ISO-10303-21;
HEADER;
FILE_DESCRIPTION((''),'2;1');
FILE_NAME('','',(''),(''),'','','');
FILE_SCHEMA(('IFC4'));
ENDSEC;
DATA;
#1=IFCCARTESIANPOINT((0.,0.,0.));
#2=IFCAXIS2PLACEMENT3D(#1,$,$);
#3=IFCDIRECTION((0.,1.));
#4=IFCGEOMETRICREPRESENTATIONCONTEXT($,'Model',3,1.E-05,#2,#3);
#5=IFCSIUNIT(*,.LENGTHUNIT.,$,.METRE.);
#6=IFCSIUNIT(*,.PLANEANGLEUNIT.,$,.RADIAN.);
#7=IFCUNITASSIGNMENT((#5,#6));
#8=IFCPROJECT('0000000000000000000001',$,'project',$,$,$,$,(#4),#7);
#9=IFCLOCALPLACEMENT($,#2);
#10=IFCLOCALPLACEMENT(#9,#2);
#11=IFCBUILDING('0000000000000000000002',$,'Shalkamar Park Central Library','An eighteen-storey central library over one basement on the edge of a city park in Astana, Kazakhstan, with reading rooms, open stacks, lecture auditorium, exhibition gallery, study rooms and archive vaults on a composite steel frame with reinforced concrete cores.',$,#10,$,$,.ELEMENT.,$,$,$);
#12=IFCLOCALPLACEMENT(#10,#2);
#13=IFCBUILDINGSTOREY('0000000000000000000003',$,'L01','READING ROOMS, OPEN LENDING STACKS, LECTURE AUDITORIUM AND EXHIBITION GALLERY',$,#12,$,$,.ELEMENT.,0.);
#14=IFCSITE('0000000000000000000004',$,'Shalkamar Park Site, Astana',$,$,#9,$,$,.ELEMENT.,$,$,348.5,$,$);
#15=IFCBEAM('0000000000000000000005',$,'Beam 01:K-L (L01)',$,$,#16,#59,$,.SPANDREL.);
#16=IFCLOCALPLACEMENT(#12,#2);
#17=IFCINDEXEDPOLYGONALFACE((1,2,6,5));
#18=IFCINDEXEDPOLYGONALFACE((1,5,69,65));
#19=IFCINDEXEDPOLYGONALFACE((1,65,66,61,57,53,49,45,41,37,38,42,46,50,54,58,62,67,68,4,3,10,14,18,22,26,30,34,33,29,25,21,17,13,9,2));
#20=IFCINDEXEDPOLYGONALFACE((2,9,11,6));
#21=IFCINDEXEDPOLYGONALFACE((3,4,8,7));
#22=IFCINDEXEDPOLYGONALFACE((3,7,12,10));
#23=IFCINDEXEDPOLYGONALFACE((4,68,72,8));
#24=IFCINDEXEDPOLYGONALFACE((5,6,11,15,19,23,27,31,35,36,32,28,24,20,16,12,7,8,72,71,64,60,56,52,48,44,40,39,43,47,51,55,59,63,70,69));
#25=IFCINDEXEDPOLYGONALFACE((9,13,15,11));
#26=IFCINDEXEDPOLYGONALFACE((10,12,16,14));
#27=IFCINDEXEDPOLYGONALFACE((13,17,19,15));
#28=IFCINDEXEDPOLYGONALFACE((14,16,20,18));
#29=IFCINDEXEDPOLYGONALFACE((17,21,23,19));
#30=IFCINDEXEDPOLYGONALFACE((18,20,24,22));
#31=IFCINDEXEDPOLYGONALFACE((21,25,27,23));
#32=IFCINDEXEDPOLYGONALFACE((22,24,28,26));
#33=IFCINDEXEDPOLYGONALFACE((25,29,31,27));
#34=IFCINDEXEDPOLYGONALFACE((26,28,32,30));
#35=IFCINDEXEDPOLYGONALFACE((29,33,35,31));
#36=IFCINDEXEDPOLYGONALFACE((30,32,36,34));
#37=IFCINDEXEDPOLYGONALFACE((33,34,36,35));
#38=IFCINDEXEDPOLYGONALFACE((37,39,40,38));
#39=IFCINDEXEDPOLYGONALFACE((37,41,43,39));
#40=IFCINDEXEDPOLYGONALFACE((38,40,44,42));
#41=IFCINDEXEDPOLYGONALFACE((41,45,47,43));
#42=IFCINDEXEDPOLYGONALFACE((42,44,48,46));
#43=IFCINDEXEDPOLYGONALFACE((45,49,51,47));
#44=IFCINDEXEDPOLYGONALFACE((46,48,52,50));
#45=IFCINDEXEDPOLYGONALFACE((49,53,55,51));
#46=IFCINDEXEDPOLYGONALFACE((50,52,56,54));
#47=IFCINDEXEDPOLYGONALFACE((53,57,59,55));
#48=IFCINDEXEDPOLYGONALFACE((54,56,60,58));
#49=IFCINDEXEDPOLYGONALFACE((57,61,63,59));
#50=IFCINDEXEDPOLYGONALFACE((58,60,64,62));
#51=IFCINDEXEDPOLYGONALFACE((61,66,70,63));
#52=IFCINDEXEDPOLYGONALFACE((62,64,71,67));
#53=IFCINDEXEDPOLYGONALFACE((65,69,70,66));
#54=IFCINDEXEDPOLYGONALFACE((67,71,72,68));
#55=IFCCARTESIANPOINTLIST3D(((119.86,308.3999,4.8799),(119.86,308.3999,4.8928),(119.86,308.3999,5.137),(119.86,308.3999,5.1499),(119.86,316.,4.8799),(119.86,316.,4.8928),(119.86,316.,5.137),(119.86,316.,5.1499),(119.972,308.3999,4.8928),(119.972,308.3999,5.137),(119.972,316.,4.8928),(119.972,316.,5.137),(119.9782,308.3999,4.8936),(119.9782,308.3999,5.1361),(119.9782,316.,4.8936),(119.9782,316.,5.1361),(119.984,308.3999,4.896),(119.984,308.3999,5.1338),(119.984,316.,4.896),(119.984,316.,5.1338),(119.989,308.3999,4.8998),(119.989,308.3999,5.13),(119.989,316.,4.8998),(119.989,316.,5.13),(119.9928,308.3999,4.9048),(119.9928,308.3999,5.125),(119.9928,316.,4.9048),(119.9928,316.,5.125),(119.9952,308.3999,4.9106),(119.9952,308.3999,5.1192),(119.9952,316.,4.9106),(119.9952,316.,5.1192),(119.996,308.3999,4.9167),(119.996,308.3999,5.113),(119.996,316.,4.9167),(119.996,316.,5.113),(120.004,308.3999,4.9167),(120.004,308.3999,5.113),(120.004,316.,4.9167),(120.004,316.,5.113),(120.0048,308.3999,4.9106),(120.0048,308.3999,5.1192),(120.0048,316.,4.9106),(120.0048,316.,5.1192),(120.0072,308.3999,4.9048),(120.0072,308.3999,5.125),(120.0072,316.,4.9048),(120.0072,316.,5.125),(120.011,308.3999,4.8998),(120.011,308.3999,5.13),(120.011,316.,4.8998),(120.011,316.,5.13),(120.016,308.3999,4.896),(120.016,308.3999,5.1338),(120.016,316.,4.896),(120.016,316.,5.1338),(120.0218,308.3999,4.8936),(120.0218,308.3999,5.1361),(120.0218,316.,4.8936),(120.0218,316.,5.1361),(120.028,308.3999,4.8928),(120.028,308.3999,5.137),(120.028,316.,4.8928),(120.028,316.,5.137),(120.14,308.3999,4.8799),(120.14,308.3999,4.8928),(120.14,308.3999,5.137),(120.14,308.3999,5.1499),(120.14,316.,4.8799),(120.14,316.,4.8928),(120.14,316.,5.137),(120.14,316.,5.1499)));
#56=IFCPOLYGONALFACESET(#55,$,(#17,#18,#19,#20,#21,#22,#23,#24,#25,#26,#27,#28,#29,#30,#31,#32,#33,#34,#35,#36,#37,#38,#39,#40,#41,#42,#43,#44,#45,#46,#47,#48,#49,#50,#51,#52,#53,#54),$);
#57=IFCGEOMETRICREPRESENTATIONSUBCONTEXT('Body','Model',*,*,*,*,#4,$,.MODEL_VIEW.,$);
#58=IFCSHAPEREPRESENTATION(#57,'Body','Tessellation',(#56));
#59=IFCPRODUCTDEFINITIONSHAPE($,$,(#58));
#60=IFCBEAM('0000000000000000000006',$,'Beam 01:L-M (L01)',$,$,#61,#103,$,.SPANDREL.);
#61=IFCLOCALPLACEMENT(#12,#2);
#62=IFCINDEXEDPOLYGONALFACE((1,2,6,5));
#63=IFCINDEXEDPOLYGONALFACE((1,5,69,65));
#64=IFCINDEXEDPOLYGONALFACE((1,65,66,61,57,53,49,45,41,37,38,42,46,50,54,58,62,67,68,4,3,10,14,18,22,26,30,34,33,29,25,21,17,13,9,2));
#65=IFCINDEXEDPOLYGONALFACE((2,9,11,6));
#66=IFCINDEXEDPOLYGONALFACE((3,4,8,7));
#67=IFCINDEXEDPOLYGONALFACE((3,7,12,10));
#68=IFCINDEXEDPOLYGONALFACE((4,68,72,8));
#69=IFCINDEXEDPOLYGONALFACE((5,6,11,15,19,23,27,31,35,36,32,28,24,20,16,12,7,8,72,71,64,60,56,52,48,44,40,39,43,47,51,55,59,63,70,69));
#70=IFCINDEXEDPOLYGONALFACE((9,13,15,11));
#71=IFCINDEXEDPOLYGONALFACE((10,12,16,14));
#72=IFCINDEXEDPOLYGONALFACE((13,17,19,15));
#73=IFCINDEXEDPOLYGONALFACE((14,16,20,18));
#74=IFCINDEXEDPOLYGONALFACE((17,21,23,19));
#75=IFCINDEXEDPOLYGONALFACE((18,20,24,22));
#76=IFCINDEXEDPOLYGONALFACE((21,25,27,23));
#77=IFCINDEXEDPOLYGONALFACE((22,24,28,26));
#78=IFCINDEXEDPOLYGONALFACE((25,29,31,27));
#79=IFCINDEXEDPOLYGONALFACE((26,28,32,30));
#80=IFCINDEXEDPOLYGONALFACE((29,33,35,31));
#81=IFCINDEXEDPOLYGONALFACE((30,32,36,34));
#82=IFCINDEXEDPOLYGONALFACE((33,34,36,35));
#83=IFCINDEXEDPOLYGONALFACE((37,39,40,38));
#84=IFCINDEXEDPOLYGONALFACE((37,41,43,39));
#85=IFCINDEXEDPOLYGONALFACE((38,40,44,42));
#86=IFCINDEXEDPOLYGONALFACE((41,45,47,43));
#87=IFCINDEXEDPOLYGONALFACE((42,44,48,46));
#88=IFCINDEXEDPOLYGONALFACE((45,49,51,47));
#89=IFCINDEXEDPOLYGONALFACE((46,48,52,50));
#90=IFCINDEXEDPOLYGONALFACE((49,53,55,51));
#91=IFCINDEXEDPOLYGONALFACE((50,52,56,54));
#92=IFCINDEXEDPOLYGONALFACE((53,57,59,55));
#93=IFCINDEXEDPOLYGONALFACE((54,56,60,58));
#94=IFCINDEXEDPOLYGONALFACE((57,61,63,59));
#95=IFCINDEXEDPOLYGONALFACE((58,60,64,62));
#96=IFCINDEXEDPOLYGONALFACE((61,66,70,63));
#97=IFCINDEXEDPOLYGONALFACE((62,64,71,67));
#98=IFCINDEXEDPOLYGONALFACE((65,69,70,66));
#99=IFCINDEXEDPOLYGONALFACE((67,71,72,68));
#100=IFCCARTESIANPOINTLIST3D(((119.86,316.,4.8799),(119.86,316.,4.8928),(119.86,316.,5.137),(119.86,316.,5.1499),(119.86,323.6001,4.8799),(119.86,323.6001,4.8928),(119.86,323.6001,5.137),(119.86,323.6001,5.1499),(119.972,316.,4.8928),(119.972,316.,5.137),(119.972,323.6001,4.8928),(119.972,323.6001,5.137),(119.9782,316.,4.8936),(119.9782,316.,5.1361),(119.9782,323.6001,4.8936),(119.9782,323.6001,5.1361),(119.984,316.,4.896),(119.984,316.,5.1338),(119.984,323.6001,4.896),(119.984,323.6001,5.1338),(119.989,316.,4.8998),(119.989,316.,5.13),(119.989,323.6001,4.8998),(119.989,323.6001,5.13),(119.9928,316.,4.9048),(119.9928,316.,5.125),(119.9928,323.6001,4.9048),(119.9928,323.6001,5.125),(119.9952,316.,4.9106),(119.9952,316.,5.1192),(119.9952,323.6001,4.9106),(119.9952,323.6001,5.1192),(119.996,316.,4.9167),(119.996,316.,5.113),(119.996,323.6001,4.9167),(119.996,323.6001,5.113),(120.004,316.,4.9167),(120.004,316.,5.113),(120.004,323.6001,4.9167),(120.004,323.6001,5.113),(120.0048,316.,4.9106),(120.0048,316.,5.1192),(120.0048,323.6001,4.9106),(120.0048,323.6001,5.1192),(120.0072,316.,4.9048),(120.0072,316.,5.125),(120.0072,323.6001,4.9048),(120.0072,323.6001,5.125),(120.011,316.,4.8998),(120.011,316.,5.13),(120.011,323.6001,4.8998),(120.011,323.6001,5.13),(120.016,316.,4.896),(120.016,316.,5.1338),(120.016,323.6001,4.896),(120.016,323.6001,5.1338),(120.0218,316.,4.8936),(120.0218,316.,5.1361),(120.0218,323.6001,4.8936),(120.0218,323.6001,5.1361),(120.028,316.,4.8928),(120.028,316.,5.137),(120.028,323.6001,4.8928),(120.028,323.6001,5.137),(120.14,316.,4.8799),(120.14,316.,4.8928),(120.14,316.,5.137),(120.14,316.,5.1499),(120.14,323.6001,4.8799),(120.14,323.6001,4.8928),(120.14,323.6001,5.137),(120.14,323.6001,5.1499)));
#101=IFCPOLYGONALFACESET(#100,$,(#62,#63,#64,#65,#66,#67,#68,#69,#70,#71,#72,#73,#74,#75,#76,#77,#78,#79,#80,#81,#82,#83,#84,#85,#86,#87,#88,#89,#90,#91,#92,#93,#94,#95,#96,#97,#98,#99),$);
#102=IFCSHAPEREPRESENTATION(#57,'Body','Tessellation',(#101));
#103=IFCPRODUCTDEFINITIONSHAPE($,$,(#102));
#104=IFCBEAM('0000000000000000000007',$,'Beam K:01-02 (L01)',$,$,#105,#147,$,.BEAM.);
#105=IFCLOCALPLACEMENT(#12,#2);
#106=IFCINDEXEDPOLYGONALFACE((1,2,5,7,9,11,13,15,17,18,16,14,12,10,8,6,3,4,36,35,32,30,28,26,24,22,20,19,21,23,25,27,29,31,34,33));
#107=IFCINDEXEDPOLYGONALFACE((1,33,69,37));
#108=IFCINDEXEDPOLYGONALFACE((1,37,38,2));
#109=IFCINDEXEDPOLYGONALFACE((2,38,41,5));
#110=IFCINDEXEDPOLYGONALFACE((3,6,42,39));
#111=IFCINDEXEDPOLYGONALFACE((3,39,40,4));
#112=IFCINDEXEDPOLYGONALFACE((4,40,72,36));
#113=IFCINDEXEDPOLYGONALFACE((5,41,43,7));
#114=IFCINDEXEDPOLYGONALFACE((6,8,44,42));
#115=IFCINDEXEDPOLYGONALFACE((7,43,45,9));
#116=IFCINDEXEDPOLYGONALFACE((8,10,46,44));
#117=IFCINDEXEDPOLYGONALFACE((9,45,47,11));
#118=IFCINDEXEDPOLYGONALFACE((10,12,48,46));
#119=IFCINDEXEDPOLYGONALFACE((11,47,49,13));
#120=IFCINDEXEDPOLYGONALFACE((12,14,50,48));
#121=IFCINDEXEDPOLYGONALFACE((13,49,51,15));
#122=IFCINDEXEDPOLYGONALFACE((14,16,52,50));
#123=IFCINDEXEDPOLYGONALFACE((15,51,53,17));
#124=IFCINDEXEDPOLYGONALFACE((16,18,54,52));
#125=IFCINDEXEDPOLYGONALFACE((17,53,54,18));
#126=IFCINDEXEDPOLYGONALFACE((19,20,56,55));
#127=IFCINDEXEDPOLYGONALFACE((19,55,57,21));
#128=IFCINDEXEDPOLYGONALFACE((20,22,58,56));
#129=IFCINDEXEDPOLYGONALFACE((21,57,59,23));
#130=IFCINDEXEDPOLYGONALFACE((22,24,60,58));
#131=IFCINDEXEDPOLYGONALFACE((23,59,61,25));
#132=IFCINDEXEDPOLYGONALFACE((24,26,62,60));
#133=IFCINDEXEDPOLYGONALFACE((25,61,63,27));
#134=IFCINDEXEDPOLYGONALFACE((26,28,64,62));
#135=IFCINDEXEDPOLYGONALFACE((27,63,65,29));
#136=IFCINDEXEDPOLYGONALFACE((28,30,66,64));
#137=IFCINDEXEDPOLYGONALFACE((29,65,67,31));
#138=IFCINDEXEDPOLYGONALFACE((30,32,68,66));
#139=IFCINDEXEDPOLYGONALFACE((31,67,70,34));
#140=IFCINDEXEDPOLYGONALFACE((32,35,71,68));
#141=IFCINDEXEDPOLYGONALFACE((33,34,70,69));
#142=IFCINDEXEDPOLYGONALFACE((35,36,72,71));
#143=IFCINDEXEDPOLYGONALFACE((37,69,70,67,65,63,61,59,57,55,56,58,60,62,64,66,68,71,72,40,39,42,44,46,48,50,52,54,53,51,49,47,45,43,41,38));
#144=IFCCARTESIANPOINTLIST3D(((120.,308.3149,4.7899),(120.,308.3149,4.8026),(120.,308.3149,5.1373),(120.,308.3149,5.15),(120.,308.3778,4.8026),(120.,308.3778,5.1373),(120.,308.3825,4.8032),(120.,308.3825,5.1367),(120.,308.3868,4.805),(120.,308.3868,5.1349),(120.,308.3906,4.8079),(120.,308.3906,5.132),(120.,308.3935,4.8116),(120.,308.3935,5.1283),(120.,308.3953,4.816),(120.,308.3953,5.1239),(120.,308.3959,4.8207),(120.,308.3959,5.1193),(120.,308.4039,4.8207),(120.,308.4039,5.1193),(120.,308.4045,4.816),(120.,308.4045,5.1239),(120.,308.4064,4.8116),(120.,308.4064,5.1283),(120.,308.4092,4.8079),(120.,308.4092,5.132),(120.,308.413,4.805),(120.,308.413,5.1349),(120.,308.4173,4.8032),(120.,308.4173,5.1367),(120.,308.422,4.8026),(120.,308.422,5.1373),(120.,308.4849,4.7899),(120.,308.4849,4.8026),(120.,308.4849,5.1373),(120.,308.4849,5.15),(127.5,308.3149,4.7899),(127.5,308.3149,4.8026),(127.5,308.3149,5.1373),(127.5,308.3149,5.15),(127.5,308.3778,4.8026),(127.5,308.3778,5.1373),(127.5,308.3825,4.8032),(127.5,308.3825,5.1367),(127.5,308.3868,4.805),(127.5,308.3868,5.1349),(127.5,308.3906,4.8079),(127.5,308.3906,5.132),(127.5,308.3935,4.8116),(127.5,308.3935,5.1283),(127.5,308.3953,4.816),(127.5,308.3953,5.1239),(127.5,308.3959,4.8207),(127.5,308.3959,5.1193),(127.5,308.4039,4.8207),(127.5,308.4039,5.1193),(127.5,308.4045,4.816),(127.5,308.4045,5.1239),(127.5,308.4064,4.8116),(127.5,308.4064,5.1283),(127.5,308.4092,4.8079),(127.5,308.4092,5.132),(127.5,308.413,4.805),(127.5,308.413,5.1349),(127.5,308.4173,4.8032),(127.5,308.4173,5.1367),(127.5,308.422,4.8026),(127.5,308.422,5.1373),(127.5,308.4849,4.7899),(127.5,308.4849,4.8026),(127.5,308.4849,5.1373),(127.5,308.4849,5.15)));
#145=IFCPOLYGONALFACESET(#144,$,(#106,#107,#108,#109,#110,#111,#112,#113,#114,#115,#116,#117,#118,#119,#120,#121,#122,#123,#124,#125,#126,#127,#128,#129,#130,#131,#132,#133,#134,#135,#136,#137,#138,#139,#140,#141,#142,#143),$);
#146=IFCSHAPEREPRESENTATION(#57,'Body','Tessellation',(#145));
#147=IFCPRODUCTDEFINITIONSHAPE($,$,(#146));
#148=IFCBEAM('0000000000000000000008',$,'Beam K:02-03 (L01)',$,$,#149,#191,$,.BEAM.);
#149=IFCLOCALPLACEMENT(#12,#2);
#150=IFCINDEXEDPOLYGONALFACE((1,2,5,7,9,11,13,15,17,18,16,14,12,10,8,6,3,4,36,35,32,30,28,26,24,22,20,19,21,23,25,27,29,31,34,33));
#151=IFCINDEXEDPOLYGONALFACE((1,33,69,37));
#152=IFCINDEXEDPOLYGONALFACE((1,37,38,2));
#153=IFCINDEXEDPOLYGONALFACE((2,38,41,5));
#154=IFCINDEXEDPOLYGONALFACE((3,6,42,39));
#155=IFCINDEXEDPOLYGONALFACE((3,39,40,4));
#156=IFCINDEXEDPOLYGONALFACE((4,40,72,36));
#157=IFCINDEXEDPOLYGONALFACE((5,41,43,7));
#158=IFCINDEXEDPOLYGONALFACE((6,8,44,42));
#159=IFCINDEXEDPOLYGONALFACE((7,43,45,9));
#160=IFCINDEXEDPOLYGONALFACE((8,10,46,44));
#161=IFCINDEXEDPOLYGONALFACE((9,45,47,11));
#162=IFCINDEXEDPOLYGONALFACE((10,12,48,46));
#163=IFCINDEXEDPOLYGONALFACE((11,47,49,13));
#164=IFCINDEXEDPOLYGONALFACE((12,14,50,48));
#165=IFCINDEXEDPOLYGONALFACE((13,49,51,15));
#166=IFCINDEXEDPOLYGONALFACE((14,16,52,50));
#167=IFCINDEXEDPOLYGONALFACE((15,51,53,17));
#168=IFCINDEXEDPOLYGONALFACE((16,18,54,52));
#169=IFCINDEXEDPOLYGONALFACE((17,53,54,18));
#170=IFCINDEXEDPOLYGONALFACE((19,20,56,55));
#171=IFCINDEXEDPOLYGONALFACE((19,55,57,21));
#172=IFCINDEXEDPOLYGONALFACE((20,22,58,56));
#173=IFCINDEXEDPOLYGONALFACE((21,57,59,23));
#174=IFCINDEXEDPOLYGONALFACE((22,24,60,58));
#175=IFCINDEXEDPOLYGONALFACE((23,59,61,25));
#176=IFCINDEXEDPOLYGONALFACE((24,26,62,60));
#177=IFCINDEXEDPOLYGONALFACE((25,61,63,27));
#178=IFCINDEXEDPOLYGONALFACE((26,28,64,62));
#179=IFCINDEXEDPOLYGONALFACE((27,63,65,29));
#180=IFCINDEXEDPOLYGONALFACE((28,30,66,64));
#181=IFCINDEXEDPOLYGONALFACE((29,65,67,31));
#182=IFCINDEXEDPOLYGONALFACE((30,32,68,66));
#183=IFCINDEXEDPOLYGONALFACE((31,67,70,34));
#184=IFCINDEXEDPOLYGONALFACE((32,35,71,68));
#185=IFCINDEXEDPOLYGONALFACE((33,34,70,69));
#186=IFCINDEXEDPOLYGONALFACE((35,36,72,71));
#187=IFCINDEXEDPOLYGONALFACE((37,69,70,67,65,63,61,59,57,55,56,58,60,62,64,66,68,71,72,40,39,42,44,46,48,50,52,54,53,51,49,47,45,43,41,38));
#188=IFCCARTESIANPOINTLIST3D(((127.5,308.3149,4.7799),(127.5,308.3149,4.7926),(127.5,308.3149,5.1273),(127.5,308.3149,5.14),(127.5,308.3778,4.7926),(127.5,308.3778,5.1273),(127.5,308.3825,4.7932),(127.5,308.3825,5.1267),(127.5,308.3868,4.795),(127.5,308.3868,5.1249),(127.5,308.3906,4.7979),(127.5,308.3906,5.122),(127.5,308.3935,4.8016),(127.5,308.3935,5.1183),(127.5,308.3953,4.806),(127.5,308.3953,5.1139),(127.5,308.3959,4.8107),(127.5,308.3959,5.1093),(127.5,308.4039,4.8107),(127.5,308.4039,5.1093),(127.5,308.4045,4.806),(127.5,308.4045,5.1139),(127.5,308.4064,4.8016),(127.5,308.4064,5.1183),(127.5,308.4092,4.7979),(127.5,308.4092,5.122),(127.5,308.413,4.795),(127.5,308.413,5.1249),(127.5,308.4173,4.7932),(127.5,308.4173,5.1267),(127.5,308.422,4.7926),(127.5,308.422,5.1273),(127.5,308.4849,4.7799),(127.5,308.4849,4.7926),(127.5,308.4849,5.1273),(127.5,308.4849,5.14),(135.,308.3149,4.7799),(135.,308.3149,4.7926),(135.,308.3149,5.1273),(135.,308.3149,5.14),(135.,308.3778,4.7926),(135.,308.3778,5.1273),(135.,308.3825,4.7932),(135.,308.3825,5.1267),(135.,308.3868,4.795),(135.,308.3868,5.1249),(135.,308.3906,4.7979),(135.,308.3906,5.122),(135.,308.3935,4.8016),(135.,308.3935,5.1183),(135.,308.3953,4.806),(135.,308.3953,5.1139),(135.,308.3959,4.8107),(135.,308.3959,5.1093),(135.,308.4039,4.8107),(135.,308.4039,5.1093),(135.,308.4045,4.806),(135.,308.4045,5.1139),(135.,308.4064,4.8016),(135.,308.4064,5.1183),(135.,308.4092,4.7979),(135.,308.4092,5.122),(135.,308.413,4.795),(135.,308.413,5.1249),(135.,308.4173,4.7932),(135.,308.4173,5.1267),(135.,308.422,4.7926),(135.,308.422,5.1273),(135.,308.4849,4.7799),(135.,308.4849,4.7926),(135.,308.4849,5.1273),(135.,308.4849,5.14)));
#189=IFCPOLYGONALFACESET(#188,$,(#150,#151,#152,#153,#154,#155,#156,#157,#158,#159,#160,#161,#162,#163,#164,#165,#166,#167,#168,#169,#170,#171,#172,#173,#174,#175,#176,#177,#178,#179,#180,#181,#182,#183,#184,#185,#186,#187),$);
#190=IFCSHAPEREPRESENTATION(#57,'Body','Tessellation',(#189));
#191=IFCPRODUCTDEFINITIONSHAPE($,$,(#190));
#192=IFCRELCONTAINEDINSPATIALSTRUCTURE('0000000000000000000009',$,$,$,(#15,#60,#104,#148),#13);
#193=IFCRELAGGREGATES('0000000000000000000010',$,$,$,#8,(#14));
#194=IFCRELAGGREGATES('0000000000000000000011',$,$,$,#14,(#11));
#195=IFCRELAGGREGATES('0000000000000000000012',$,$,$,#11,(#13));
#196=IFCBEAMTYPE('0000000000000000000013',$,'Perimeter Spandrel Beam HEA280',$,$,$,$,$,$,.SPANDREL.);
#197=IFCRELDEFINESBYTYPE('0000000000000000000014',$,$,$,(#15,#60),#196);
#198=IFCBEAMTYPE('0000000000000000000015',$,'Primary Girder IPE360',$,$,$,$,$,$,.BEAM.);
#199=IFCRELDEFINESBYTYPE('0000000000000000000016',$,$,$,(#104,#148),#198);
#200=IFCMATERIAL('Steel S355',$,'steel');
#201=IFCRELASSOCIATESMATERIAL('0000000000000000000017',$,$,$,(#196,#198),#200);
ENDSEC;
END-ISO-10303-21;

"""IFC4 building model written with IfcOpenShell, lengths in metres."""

from ifc_helpers import new_model, si_unit, direction, frame, origin, origin_2d, place, context, subcontext, project, spatial, i_section, extrude, material, material_profile, profile_set, type_object, element, save


model = new_model("IFC4")

# Units and contexts
model_context = context("Model", 3, precision=1e-05, world=origin(), true_north=direction((0.0, 1.0)))
body_context = subcontext(model_context, "Body", "Model", "MODEL_VIEW")
ifc_project = project(units=[si_unit("LENGTHUNIT", "METRE"), si_unit("PLANEANGLEUNIT", "RADIAN")], contexts=[model_context])

# Site, building, storey
site_placement = place(None, origin())
site = spatial("IfcSite", under=ifc_project, at=site_placement, Name="Shalkamar Park Site, Astana", CompositionType="ELEMENT", RefElevation=348.5)
building_placement = place(site_placement, origin())
building = spatial("IfcBuilding", under=site, at=building_placement, Name="Shalkamar Park Central Library", Description="An eighteen-storey central library over one basement on the edge of a city park in Astana, Kazakhstan, with reading rooms, open stacks, lecture auditorium, exhibition gallery, study rooms and archive vaults on a composite steel frame with reinforced concrete cores.", CompositionType="ELEMENT")
storey_placement = place(building_placement, origin())
storey = spatial("IfcBuildingStorey", under=building, at=storey_placement, Name="L01", Description="READING ROOMS, OPEN LENDING STACKS, LECTURE AUDITORIUM AND EXHIBITION GALLERY", CompositionType="ELEMENT", Elevation=0.0)

# Shared definitions
ifc_material_1 = material(Name="Steel S355", Category="steel")

# Beams
ifc_material_profile_1 = material_profile(ifc_material_1, i_section(OverallWidth=0.28, OverallDepth=0.27, WebThickness=0.0081, FlangeThickness=0.0129, FilletRadius=0.0239, at=origin_2d()), Name="HEA 280")
ifc_profile_set_1 = profile_set([ifc_material_profile_1], Name="Steel S355")
beam_type_1 = type_object("IfcBeamType", Name="Perimeter Spandrel Beam HEA280", PredefinedType="SPANDREL", material=ifc_profile_set_1)
for number, where, z_axis, x_axis, name in (
    (1, (120.0, 308.3999, 5.0149), (0.0, 1.0, 0.0), (-1.0, 0.0, 0.0), "Beam 01:K-L (L01)"),
    (2, (120.0, 316.0, 5.0149), (0.0, 1.0, 0.0), (-1.0, 0.0, 0.0), "Beam 01:L-M (L01)"),
):
    element("IfcBeam", number, at=place(storey_placement, frame(where, z_axis=z_axis, x_axis=x_axis)), inside=storey, type_object=beam_type_1, Name=name, PredefinedType="SPANDREL", context=body_context, shape_type="SweptSolid", body=[
        extrude(i_section(OverallWidth=0.28, OverallDepth=0.27, WebThickness=0.0081, FlangeThickness=0.0129, FilletRadius=0.0239, at=origin_2d()), origin(), (0.0, 0.0, 1.0), 7.6001),
    ])
ifc_material_profile_2 = material_profile(ifc_material_1, i_section(OverallWidth=0.1699, OverallDepth=0.3601, WebThickness=0.0081, FlangeThickness=0.0127, FilletRadius=0.0181, at=origin_2d()), Name="IPE 360")
ifc_profile_set_2 = profile_set([ifc_material_profile_2], Name="Steel S355")
beam_type_2 = type_object("IfcBeamType", Name="Primary Girder IPE360", PredefinedType="BEAM", material=ifc_profile_set_2)
for number, where, z_axis, x_axis, name in (
    (3, (120.0, 308.3999, 4.97), (1.0, 0.0, 0.0), (0.0, 1.0, 0.0), "Beam K:01-02 (L01)"),
    (4, (127.5, 308.3999, 4.96), (1.0, 0.0, 0.0), (0.0, 1.0, 0.0), "Beam K:02-03 (L01)"),
):
    element("IfcBeam", number, at=place(storey_placement, frame(where, z_axis=z_axis, x_axis=x_axis)), inside=storey, type_object=beam_type_2, Name=name, PredefinedType="BEAM", context=body_context, shape_type="SweptSolid", body=[
        extrude(i_section(OverallWidth=0.1699, OverallDepth=0.3601, WebThickness=0.0081, FlangeThickness=0.0127, FilletRadius=0.0181, at=origin_2d()), origin(), (0.0, 0.0, 1.0), 7.5),
    ])

save(model, "model.ifc")
